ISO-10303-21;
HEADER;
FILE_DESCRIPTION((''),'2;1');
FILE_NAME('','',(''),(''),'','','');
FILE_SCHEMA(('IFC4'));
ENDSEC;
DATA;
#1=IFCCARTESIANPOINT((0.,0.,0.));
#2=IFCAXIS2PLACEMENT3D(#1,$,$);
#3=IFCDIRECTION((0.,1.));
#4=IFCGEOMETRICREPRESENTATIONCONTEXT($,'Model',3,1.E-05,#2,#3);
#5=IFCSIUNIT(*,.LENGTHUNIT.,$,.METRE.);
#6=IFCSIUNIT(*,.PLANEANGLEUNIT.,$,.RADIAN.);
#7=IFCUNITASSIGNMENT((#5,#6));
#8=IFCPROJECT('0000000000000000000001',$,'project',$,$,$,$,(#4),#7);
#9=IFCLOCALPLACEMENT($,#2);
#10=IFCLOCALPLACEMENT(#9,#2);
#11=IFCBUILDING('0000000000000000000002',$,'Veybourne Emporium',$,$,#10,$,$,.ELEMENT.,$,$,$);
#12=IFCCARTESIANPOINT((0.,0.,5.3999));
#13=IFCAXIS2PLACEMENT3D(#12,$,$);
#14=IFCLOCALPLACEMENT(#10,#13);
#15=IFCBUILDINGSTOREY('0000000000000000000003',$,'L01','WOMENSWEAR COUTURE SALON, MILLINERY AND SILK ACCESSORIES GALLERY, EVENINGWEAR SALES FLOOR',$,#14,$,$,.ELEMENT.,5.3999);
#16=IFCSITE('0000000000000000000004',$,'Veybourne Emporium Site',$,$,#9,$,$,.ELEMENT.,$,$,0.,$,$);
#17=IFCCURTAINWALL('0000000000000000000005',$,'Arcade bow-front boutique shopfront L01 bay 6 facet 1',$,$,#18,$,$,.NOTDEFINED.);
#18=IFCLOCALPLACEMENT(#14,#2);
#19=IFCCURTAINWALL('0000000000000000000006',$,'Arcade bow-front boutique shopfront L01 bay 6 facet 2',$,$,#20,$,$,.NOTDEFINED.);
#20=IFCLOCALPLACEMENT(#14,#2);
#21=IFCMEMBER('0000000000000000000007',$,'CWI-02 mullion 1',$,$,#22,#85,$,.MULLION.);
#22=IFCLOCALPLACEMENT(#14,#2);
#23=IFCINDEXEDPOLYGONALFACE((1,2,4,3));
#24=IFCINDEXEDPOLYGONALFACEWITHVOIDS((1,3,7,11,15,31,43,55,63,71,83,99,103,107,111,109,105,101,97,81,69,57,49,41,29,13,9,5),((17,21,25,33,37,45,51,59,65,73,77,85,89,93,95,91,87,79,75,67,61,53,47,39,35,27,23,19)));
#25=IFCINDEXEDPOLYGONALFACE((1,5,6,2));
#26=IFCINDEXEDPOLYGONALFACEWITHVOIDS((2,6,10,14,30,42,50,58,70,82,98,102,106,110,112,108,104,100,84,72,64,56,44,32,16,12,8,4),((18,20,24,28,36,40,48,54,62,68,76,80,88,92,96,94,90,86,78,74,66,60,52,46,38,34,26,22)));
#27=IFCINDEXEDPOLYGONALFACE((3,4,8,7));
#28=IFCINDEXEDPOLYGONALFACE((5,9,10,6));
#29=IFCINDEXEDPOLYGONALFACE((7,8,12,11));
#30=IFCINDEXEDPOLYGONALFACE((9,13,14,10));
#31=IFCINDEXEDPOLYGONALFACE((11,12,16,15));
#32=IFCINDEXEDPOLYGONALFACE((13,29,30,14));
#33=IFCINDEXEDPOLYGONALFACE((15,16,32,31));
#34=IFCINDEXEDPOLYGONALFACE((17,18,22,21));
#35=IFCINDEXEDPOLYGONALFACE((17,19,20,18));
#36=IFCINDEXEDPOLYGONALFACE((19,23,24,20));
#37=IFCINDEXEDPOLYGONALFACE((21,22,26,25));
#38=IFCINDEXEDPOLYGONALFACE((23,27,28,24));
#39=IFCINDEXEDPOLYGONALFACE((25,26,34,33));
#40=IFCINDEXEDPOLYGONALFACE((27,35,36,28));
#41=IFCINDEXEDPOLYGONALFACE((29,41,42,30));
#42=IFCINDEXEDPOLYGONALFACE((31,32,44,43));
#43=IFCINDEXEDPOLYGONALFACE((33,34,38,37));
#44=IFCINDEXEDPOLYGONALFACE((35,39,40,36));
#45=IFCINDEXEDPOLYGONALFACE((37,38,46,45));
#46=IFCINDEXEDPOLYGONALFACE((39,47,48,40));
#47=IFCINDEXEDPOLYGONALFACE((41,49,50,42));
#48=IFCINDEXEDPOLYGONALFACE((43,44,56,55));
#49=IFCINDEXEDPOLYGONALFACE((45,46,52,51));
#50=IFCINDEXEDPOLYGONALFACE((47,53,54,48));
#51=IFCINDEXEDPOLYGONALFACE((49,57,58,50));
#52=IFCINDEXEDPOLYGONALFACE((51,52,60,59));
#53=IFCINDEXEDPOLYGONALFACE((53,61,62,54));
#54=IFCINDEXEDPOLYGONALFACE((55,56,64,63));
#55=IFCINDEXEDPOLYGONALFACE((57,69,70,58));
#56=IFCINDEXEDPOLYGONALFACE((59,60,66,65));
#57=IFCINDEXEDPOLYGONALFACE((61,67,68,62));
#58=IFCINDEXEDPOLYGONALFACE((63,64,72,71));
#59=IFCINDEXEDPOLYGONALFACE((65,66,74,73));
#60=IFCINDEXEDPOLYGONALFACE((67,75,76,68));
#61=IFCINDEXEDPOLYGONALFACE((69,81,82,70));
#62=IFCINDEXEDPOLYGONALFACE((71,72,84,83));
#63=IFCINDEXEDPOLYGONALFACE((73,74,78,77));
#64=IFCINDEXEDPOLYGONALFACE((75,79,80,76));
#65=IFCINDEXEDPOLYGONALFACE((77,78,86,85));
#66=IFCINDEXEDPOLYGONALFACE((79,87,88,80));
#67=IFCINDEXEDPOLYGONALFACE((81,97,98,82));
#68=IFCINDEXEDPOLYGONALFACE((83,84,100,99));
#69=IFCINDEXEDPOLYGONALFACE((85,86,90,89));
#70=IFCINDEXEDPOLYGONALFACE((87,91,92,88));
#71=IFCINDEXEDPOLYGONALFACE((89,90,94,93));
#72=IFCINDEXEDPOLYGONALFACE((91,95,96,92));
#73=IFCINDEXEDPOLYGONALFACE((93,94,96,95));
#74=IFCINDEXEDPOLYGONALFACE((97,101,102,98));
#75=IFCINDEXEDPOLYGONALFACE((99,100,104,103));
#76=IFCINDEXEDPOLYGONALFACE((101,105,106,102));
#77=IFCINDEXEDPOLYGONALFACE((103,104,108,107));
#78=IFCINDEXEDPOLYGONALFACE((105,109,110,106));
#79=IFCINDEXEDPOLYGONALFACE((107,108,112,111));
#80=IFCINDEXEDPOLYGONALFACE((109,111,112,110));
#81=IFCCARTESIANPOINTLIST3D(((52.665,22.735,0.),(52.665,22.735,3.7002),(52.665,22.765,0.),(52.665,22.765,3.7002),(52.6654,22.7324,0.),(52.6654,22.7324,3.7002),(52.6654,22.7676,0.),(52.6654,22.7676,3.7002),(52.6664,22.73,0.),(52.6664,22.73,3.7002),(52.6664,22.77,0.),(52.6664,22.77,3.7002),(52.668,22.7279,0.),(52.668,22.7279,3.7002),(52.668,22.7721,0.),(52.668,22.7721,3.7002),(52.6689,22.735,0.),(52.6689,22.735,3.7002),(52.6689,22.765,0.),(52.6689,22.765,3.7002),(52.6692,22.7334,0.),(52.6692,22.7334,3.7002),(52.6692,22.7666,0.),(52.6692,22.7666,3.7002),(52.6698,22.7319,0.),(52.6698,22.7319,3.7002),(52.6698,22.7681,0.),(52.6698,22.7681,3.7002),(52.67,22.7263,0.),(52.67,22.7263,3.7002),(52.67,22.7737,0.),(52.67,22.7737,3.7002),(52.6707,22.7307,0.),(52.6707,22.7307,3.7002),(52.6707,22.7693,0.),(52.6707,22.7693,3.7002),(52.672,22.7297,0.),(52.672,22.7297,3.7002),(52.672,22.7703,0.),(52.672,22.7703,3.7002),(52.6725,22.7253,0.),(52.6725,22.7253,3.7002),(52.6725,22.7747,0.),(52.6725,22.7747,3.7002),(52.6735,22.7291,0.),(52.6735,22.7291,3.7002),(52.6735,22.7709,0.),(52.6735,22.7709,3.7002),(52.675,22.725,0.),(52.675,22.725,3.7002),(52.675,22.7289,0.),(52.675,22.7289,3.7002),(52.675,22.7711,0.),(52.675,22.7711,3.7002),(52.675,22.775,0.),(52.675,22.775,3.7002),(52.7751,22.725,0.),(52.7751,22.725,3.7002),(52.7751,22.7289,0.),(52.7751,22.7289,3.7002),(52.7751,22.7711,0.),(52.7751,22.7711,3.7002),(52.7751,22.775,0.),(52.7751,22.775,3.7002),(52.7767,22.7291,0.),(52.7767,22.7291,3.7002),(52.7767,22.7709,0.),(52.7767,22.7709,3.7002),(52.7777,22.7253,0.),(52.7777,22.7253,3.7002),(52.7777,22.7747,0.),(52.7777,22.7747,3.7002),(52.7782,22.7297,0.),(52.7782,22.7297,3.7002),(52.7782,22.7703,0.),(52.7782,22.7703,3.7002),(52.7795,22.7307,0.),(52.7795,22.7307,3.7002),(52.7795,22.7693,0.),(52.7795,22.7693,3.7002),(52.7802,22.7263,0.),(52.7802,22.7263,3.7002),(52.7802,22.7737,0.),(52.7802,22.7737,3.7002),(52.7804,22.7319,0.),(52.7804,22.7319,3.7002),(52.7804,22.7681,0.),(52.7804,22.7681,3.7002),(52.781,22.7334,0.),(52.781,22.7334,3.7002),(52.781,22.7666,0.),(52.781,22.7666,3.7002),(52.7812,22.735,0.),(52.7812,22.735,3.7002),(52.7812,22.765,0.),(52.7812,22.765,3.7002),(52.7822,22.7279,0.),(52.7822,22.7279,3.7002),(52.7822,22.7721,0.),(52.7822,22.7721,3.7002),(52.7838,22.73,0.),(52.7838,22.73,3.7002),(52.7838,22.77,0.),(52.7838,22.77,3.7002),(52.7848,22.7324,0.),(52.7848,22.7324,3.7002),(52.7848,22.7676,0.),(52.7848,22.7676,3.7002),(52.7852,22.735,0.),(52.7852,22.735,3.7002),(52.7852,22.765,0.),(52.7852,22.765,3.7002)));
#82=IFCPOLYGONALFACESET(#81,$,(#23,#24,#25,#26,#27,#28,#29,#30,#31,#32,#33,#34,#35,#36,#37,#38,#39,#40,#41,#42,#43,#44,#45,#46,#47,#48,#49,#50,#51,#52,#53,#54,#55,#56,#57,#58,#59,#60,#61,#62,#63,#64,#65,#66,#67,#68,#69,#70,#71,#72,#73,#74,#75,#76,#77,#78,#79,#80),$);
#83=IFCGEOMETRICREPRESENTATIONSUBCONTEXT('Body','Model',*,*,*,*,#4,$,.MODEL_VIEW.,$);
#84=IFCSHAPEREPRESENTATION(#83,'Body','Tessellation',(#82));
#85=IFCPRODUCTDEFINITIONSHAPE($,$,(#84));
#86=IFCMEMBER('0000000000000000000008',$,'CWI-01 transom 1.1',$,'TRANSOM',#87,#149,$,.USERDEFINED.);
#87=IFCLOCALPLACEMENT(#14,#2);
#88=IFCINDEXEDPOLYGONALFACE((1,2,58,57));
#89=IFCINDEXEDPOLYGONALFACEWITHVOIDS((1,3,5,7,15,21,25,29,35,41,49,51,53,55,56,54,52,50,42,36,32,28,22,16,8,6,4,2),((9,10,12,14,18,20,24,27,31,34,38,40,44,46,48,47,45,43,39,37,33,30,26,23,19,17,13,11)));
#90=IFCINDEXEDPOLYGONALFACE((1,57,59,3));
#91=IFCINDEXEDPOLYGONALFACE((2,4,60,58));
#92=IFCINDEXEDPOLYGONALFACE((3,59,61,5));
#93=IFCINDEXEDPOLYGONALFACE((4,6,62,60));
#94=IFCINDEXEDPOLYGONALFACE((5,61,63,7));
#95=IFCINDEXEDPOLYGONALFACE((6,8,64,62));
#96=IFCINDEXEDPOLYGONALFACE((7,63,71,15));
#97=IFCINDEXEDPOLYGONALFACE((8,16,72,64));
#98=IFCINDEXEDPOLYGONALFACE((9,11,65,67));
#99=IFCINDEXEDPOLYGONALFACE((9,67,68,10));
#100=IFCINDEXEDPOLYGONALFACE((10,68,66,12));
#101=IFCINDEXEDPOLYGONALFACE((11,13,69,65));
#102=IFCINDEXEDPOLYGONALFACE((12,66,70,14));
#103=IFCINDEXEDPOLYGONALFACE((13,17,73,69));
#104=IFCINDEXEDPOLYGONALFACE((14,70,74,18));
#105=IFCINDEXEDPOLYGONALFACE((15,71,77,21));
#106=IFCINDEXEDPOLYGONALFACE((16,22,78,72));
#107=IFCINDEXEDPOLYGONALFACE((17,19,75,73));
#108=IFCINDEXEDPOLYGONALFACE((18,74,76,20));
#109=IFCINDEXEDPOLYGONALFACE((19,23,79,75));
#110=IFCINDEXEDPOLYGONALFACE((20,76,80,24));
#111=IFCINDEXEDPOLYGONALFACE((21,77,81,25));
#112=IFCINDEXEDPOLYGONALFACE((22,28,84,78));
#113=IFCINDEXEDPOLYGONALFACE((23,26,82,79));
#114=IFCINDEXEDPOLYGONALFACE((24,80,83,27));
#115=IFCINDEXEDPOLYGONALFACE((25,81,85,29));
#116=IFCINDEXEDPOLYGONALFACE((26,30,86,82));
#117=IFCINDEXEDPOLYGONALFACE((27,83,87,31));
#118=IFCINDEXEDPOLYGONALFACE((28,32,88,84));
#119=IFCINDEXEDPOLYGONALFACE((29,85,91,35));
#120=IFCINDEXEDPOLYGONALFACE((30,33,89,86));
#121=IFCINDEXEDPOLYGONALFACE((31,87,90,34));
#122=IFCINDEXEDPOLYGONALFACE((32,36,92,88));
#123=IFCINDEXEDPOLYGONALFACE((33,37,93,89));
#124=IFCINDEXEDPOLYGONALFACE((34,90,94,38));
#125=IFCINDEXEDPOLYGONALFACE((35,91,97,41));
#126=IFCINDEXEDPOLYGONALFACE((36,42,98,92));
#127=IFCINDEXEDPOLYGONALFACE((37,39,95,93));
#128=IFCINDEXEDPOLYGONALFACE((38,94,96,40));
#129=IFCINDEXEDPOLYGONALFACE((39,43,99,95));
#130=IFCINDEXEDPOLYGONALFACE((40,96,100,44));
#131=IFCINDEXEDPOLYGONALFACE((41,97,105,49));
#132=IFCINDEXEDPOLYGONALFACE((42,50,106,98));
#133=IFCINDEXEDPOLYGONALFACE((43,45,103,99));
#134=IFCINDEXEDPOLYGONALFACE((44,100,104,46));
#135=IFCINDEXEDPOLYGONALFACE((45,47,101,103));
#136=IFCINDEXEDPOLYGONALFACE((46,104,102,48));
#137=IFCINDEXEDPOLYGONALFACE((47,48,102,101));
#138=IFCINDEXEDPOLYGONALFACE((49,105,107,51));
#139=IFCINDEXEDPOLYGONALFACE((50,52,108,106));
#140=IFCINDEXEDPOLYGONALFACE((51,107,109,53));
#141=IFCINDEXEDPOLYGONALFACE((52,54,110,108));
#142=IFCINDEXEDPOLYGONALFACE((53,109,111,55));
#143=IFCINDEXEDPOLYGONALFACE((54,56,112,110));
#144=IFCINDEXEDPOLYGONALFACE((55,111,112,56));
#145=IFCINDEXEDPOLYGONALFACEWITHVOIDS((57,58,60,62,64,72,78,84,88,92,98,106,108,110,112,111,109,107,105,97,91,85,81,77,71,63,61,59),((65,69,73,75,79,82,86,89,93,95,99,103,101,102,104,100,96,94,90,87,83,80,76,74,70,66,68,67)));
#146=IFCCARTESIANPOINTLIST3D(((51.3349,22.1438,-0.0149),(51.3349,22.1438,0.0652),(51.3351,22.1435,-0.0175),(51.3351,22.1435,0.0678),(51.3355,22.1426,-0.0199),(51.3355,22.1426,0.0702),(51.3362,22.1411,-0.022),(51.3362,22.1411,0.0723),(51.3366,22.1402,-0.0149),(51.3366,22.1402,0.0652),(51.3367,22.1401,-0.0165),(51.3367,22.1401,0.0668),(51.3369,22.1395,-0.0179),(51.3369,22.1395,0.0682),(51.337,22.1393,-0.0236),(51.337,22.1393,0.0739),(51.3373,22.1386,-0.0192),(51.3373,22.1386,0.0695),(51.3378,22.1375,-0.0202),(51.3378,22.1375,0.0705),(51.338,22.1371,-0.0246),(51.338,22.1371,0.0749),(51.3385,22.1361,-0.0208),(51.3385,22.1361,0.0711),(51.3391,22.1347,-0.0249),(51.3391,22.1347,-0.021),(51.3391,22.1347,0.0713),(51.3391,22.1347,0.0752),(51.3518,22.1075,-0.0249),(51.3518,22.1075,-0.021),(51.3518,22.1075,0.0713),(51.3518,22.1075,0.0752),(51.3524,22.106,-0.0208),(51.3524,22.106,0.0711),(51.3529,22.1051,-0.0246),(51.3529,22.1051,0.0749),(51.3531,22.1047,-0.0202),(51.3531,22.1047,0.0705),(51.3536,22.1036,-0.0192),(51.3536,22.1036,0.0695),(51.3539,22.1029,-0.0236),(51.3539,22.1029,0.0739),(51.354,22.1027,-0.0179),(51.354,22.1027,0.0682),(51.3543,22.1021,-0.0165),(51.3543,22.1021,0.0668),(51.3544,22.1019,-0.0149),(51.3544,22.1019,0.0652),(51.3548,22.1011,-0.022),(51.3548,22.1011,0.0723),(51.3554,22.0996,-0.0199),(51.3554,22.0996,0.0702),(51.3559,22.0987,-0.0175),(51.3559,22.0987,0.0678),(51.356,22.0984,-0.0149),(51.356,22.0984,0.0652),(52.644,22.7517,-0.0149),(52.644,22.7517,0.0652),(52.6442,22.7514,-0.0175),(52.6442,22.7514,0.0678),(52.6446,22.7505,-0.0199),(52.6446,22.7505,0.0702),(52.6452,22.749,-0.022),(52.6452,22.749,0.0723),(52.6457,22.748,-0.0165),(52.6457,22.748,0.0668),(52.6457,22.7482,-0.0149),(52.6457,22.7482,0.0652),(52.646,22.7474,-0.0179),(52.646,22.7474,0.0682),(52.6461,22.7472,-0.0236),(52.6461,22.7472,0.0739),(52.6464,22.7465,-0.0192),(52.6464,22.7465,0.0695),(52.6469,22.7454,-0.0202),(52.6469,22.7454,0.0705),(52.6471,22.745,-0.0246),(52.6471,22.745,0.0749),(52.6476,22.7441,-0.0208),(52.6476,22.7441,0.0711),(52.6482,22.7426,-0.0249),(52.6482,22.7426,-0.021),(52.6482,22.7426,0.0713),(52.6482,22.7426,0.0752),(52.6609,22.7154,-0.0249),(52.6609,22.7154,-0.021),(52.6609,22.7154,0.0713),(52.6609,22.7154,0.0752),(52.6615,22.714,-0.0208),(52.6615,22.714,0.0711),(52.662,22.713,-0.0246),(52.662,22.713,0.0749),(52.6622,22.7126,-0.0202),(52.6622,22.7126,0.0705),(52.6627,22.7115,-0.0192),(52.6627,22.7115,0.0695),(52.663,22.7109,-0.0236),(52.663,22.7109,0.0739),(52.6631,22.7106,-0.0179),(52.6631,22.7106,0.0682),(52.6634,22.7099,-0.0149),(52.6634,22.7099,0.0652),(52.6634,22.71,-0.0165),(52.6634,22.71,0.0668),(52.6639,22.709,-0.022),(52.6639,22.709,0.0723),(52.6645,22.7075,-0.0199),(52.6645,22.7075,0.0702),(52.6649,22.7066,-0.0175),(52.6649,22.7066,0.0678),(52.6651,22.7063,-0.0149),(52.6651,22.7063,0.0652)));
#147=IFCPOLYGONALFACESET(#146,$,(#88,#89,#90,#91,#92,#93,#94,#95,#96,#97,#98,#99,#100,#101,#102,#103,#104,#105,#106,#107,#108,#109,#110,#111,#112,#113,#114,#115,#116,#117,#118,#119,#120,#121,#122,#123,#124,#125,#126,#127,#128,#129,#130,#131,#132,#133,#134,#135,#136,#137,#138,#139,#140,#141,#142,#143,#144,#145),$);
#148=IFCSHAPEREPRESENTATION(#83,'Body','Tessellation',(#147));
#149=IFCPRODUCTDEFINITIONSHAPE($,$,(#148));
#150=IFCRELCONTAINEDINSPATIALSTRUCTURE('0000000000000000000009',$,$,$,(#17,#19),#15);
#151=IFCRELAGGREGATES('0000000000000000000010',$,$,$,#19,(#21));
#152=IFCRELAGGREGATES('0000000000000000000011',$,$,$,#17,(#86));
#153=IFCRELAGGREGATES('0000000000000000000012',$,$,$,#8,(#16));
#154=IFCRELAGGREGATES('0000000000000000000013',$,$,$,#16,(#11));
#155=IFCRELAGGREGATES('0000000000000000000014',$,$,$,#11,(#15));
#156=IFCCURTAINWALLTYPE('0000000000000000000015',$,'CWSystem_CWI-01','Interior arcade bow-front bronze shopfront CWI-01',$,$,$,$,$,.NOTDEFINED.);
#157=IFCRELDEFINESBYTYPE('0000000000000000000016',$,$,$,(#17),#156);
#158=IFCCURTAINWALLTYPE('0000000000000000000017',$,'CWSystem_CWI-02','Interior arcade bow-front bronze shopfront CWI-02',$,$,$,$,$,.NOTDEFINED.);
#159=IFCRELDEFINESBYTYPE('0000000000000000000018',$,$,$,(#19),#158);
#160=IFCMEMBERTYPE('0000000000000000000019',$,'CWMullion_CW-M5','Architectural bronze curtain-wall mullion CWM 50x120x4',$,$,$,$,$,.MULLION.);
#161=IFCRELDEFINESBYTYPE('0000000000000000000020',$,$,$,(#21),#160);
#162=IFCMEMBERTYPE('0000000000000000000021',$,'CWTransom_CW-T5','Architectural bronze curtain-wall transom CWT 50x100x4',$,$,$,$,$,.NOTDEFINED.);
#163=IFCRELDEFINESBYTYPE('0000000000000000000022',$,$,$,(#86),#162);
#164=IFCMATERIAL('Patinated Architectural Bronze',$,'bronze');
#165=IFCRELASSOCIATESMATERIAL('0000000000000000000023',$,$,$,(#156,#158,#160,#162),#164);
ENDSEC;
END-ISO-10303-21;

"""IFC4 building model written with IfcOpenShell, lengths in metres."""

from ifc_helpers import new_model, si_unit, direction, frame, origin, origin_2d, place, context, subcontext, project, spatial, hollow_rectangle, extrude, material, material_profile, profile_set, type_object, element, aggregate, save


model = new_model("IFC4")

# Units and contexts
model_context = context("Model", 3, precision=1e-05, world=origin(), true_north=direction((0.0, 1.0)))
body_context = subcontext(model_context, "Body", "Model", "MODEL_VIEW")
ifc_project = project(units=[si_unit("LENGTHUNIT", "METRE"), si_unit("PLANEANGLEUNIT", "RADIAN")], contexts=[model_context])

# Site, building, storey
site_placement = place(None, origin())
site = spatial("IfcSite", under=ifc_project, at=site_placement, Name="Veybourne Emporium Site", CompositionType="ELEMENT", RefElevation=0.0)
building_placement = place(site_placement, origin())
building = spatial("IfcBuilding", under=site, at=building_placement, Name="Veybourne Emporium", CompositionType="ELEMENT")
storey_placement = place(building_placement, frame((0.0, 0.0, 5.3999)))
storey = spatial("IfcBuildingStorey", under=building, at=storey_placement, Name="L01", Description="WOMENSWEAR COUTURE SALON, MILLINERY AND SILK ACCESSORIES GALLERY, EVENINGWEAR SALES FLOOR", CompositionType="ELEMENT", Elevation=5.3999)

# Curtain wall
ifc_material_1 = material(Name="Patinated Architectural Bronze", Category="bronze")
curtain_wall_type_1 = type_object("IfcCurtainWallType", Name="CWSystem_CWI-01", Description="Interior arcade bow-front bronze shopfront CWI-01", PredefinedType="NOTDEFINED", material=ifc_material_1)
curtain_wall_1_placement = place(storey_placement, origin())
curtain_wall_1 = element("IfcCurtainWall", 1, at=curtain_wall_1_placement, inside=storey, type_object=curtain_wall_type_1, Name="Arcade bow-front boutique shopfront L01 bay 6 facet 1", PredefinedType="NOTDEFINED")
ifc_material_profile_1 = material_profile(ifc_material_1, hollow_rectangle(XDim=0.05, YDim=0.1201, WallThickness=0.0039, InnerFilletRadius=0.0061, OuterFilletRadius=0.01, at=origin_2d()), Name="CWM 50x120x4")
ifc_profile_set_1 = profile_set([ifc_material_profile_1], Name="Patinated Architectural Bronze")
member_type_1 = type_object("IfcMemberType", Name="CWMullion_CW-M5", Description="Architectural bronze curtain-wall mullion CWM 50x120x4", PredefinedType="MULLION", material=ifc_profile_set_1)

# Curtain wall, member
curtain_wall_type_2 = type_object("IfcCurtainWallType", Name="CWSystem_CWI-02", Description="Interior arcade bow-front bronze shopfront CWI-02", PredefinedType="NOTDEFINED", material=ifc_material_1)
curtain_wall_2_placement = place(storey_placement, origin())
curtain_wall_2 = element("IfcCurtainWall", 2, at=curtain_wall_2_placement, inside=storey, type_object=curtain_wall_type_2, Name="Arcade bow-front boutique shopfront L01 bay 6 facet 2", PredefinedType="NOTDEFINED")
member_1_placement = place(storey_placement, frame((52.7251, 22.75, 0.0), z_axis=(0.0, 0.0, 1.0), x_axis=(0.0, 1.0, 0.0)))
member_1 = element("IfcMember", 3, at=member_1_placement, type_object=member_type_1, Name="CWI-02 mullion 1", PredefinedType="MULLION", context=body_context, shape_type="SweptSolid", body=[
    extrude(hollow_rectangle(XDim=0.05, YDim=0.1201, WallThickness=0.0039, InnerFilletRadius=0.0061, OuterFilletRadius=0.01, at=origin_2d()), origin(), (0.0, 0.0, 1.0), 3.7002),
])

# Member
ifc_material_profile_2 = material_profile(ifc_material_1, hollow_rectangle(XDim=0.05, YDim=0.1001, WallThickness=0.0039, InnerFilletRadius=0.0061, OuterFilletRadius=0.01, at=origin_2d()), Name="CWT 50x100x4")
ifc_profile_set_2 = profile_set([ifc_material_profile_2], Name="Patinated Architectural Bronze")
member_type_2 = type_object("IfcMemberType", Name="CWTransom_CW-T5", Description="Architectural bronze curtain-wall transom CWT 50x100x4", PredefinedType="NOTDEFINED", material=ifc_profile_set_2)
member_2_placement = place(storey_placement, frame((51.3455, 22.1211, 0.0251), z_axis=(0.906977, 0.421181, 0.0), x_axis=(-0.421181, 0.906977, 0.0)))
member_2 = element("IfcMember", 4, at=member_2_placement, type_object=member_type_2, Name="CWI-01 transom 1.1", ObjectType="TRANSOM", PredefinedType="USERDEFINED", context=body_context, shape_type="SweptSolid", body=[
    extrude(hollow_rectangle(XDim=0.05, YDim=0.1001, WallThickness=0.0039, InnerFilletRadius=0.0061, OuterFilletRadius=0.01, at=origin_2d()), origin(), (0.0, 0.0, 1.0), 1.4434),
])
aggregate(curtain_wall_2, [member_1])

aggregate(curtain_wall_1, [member_2])

save(model, "model.ifc")
